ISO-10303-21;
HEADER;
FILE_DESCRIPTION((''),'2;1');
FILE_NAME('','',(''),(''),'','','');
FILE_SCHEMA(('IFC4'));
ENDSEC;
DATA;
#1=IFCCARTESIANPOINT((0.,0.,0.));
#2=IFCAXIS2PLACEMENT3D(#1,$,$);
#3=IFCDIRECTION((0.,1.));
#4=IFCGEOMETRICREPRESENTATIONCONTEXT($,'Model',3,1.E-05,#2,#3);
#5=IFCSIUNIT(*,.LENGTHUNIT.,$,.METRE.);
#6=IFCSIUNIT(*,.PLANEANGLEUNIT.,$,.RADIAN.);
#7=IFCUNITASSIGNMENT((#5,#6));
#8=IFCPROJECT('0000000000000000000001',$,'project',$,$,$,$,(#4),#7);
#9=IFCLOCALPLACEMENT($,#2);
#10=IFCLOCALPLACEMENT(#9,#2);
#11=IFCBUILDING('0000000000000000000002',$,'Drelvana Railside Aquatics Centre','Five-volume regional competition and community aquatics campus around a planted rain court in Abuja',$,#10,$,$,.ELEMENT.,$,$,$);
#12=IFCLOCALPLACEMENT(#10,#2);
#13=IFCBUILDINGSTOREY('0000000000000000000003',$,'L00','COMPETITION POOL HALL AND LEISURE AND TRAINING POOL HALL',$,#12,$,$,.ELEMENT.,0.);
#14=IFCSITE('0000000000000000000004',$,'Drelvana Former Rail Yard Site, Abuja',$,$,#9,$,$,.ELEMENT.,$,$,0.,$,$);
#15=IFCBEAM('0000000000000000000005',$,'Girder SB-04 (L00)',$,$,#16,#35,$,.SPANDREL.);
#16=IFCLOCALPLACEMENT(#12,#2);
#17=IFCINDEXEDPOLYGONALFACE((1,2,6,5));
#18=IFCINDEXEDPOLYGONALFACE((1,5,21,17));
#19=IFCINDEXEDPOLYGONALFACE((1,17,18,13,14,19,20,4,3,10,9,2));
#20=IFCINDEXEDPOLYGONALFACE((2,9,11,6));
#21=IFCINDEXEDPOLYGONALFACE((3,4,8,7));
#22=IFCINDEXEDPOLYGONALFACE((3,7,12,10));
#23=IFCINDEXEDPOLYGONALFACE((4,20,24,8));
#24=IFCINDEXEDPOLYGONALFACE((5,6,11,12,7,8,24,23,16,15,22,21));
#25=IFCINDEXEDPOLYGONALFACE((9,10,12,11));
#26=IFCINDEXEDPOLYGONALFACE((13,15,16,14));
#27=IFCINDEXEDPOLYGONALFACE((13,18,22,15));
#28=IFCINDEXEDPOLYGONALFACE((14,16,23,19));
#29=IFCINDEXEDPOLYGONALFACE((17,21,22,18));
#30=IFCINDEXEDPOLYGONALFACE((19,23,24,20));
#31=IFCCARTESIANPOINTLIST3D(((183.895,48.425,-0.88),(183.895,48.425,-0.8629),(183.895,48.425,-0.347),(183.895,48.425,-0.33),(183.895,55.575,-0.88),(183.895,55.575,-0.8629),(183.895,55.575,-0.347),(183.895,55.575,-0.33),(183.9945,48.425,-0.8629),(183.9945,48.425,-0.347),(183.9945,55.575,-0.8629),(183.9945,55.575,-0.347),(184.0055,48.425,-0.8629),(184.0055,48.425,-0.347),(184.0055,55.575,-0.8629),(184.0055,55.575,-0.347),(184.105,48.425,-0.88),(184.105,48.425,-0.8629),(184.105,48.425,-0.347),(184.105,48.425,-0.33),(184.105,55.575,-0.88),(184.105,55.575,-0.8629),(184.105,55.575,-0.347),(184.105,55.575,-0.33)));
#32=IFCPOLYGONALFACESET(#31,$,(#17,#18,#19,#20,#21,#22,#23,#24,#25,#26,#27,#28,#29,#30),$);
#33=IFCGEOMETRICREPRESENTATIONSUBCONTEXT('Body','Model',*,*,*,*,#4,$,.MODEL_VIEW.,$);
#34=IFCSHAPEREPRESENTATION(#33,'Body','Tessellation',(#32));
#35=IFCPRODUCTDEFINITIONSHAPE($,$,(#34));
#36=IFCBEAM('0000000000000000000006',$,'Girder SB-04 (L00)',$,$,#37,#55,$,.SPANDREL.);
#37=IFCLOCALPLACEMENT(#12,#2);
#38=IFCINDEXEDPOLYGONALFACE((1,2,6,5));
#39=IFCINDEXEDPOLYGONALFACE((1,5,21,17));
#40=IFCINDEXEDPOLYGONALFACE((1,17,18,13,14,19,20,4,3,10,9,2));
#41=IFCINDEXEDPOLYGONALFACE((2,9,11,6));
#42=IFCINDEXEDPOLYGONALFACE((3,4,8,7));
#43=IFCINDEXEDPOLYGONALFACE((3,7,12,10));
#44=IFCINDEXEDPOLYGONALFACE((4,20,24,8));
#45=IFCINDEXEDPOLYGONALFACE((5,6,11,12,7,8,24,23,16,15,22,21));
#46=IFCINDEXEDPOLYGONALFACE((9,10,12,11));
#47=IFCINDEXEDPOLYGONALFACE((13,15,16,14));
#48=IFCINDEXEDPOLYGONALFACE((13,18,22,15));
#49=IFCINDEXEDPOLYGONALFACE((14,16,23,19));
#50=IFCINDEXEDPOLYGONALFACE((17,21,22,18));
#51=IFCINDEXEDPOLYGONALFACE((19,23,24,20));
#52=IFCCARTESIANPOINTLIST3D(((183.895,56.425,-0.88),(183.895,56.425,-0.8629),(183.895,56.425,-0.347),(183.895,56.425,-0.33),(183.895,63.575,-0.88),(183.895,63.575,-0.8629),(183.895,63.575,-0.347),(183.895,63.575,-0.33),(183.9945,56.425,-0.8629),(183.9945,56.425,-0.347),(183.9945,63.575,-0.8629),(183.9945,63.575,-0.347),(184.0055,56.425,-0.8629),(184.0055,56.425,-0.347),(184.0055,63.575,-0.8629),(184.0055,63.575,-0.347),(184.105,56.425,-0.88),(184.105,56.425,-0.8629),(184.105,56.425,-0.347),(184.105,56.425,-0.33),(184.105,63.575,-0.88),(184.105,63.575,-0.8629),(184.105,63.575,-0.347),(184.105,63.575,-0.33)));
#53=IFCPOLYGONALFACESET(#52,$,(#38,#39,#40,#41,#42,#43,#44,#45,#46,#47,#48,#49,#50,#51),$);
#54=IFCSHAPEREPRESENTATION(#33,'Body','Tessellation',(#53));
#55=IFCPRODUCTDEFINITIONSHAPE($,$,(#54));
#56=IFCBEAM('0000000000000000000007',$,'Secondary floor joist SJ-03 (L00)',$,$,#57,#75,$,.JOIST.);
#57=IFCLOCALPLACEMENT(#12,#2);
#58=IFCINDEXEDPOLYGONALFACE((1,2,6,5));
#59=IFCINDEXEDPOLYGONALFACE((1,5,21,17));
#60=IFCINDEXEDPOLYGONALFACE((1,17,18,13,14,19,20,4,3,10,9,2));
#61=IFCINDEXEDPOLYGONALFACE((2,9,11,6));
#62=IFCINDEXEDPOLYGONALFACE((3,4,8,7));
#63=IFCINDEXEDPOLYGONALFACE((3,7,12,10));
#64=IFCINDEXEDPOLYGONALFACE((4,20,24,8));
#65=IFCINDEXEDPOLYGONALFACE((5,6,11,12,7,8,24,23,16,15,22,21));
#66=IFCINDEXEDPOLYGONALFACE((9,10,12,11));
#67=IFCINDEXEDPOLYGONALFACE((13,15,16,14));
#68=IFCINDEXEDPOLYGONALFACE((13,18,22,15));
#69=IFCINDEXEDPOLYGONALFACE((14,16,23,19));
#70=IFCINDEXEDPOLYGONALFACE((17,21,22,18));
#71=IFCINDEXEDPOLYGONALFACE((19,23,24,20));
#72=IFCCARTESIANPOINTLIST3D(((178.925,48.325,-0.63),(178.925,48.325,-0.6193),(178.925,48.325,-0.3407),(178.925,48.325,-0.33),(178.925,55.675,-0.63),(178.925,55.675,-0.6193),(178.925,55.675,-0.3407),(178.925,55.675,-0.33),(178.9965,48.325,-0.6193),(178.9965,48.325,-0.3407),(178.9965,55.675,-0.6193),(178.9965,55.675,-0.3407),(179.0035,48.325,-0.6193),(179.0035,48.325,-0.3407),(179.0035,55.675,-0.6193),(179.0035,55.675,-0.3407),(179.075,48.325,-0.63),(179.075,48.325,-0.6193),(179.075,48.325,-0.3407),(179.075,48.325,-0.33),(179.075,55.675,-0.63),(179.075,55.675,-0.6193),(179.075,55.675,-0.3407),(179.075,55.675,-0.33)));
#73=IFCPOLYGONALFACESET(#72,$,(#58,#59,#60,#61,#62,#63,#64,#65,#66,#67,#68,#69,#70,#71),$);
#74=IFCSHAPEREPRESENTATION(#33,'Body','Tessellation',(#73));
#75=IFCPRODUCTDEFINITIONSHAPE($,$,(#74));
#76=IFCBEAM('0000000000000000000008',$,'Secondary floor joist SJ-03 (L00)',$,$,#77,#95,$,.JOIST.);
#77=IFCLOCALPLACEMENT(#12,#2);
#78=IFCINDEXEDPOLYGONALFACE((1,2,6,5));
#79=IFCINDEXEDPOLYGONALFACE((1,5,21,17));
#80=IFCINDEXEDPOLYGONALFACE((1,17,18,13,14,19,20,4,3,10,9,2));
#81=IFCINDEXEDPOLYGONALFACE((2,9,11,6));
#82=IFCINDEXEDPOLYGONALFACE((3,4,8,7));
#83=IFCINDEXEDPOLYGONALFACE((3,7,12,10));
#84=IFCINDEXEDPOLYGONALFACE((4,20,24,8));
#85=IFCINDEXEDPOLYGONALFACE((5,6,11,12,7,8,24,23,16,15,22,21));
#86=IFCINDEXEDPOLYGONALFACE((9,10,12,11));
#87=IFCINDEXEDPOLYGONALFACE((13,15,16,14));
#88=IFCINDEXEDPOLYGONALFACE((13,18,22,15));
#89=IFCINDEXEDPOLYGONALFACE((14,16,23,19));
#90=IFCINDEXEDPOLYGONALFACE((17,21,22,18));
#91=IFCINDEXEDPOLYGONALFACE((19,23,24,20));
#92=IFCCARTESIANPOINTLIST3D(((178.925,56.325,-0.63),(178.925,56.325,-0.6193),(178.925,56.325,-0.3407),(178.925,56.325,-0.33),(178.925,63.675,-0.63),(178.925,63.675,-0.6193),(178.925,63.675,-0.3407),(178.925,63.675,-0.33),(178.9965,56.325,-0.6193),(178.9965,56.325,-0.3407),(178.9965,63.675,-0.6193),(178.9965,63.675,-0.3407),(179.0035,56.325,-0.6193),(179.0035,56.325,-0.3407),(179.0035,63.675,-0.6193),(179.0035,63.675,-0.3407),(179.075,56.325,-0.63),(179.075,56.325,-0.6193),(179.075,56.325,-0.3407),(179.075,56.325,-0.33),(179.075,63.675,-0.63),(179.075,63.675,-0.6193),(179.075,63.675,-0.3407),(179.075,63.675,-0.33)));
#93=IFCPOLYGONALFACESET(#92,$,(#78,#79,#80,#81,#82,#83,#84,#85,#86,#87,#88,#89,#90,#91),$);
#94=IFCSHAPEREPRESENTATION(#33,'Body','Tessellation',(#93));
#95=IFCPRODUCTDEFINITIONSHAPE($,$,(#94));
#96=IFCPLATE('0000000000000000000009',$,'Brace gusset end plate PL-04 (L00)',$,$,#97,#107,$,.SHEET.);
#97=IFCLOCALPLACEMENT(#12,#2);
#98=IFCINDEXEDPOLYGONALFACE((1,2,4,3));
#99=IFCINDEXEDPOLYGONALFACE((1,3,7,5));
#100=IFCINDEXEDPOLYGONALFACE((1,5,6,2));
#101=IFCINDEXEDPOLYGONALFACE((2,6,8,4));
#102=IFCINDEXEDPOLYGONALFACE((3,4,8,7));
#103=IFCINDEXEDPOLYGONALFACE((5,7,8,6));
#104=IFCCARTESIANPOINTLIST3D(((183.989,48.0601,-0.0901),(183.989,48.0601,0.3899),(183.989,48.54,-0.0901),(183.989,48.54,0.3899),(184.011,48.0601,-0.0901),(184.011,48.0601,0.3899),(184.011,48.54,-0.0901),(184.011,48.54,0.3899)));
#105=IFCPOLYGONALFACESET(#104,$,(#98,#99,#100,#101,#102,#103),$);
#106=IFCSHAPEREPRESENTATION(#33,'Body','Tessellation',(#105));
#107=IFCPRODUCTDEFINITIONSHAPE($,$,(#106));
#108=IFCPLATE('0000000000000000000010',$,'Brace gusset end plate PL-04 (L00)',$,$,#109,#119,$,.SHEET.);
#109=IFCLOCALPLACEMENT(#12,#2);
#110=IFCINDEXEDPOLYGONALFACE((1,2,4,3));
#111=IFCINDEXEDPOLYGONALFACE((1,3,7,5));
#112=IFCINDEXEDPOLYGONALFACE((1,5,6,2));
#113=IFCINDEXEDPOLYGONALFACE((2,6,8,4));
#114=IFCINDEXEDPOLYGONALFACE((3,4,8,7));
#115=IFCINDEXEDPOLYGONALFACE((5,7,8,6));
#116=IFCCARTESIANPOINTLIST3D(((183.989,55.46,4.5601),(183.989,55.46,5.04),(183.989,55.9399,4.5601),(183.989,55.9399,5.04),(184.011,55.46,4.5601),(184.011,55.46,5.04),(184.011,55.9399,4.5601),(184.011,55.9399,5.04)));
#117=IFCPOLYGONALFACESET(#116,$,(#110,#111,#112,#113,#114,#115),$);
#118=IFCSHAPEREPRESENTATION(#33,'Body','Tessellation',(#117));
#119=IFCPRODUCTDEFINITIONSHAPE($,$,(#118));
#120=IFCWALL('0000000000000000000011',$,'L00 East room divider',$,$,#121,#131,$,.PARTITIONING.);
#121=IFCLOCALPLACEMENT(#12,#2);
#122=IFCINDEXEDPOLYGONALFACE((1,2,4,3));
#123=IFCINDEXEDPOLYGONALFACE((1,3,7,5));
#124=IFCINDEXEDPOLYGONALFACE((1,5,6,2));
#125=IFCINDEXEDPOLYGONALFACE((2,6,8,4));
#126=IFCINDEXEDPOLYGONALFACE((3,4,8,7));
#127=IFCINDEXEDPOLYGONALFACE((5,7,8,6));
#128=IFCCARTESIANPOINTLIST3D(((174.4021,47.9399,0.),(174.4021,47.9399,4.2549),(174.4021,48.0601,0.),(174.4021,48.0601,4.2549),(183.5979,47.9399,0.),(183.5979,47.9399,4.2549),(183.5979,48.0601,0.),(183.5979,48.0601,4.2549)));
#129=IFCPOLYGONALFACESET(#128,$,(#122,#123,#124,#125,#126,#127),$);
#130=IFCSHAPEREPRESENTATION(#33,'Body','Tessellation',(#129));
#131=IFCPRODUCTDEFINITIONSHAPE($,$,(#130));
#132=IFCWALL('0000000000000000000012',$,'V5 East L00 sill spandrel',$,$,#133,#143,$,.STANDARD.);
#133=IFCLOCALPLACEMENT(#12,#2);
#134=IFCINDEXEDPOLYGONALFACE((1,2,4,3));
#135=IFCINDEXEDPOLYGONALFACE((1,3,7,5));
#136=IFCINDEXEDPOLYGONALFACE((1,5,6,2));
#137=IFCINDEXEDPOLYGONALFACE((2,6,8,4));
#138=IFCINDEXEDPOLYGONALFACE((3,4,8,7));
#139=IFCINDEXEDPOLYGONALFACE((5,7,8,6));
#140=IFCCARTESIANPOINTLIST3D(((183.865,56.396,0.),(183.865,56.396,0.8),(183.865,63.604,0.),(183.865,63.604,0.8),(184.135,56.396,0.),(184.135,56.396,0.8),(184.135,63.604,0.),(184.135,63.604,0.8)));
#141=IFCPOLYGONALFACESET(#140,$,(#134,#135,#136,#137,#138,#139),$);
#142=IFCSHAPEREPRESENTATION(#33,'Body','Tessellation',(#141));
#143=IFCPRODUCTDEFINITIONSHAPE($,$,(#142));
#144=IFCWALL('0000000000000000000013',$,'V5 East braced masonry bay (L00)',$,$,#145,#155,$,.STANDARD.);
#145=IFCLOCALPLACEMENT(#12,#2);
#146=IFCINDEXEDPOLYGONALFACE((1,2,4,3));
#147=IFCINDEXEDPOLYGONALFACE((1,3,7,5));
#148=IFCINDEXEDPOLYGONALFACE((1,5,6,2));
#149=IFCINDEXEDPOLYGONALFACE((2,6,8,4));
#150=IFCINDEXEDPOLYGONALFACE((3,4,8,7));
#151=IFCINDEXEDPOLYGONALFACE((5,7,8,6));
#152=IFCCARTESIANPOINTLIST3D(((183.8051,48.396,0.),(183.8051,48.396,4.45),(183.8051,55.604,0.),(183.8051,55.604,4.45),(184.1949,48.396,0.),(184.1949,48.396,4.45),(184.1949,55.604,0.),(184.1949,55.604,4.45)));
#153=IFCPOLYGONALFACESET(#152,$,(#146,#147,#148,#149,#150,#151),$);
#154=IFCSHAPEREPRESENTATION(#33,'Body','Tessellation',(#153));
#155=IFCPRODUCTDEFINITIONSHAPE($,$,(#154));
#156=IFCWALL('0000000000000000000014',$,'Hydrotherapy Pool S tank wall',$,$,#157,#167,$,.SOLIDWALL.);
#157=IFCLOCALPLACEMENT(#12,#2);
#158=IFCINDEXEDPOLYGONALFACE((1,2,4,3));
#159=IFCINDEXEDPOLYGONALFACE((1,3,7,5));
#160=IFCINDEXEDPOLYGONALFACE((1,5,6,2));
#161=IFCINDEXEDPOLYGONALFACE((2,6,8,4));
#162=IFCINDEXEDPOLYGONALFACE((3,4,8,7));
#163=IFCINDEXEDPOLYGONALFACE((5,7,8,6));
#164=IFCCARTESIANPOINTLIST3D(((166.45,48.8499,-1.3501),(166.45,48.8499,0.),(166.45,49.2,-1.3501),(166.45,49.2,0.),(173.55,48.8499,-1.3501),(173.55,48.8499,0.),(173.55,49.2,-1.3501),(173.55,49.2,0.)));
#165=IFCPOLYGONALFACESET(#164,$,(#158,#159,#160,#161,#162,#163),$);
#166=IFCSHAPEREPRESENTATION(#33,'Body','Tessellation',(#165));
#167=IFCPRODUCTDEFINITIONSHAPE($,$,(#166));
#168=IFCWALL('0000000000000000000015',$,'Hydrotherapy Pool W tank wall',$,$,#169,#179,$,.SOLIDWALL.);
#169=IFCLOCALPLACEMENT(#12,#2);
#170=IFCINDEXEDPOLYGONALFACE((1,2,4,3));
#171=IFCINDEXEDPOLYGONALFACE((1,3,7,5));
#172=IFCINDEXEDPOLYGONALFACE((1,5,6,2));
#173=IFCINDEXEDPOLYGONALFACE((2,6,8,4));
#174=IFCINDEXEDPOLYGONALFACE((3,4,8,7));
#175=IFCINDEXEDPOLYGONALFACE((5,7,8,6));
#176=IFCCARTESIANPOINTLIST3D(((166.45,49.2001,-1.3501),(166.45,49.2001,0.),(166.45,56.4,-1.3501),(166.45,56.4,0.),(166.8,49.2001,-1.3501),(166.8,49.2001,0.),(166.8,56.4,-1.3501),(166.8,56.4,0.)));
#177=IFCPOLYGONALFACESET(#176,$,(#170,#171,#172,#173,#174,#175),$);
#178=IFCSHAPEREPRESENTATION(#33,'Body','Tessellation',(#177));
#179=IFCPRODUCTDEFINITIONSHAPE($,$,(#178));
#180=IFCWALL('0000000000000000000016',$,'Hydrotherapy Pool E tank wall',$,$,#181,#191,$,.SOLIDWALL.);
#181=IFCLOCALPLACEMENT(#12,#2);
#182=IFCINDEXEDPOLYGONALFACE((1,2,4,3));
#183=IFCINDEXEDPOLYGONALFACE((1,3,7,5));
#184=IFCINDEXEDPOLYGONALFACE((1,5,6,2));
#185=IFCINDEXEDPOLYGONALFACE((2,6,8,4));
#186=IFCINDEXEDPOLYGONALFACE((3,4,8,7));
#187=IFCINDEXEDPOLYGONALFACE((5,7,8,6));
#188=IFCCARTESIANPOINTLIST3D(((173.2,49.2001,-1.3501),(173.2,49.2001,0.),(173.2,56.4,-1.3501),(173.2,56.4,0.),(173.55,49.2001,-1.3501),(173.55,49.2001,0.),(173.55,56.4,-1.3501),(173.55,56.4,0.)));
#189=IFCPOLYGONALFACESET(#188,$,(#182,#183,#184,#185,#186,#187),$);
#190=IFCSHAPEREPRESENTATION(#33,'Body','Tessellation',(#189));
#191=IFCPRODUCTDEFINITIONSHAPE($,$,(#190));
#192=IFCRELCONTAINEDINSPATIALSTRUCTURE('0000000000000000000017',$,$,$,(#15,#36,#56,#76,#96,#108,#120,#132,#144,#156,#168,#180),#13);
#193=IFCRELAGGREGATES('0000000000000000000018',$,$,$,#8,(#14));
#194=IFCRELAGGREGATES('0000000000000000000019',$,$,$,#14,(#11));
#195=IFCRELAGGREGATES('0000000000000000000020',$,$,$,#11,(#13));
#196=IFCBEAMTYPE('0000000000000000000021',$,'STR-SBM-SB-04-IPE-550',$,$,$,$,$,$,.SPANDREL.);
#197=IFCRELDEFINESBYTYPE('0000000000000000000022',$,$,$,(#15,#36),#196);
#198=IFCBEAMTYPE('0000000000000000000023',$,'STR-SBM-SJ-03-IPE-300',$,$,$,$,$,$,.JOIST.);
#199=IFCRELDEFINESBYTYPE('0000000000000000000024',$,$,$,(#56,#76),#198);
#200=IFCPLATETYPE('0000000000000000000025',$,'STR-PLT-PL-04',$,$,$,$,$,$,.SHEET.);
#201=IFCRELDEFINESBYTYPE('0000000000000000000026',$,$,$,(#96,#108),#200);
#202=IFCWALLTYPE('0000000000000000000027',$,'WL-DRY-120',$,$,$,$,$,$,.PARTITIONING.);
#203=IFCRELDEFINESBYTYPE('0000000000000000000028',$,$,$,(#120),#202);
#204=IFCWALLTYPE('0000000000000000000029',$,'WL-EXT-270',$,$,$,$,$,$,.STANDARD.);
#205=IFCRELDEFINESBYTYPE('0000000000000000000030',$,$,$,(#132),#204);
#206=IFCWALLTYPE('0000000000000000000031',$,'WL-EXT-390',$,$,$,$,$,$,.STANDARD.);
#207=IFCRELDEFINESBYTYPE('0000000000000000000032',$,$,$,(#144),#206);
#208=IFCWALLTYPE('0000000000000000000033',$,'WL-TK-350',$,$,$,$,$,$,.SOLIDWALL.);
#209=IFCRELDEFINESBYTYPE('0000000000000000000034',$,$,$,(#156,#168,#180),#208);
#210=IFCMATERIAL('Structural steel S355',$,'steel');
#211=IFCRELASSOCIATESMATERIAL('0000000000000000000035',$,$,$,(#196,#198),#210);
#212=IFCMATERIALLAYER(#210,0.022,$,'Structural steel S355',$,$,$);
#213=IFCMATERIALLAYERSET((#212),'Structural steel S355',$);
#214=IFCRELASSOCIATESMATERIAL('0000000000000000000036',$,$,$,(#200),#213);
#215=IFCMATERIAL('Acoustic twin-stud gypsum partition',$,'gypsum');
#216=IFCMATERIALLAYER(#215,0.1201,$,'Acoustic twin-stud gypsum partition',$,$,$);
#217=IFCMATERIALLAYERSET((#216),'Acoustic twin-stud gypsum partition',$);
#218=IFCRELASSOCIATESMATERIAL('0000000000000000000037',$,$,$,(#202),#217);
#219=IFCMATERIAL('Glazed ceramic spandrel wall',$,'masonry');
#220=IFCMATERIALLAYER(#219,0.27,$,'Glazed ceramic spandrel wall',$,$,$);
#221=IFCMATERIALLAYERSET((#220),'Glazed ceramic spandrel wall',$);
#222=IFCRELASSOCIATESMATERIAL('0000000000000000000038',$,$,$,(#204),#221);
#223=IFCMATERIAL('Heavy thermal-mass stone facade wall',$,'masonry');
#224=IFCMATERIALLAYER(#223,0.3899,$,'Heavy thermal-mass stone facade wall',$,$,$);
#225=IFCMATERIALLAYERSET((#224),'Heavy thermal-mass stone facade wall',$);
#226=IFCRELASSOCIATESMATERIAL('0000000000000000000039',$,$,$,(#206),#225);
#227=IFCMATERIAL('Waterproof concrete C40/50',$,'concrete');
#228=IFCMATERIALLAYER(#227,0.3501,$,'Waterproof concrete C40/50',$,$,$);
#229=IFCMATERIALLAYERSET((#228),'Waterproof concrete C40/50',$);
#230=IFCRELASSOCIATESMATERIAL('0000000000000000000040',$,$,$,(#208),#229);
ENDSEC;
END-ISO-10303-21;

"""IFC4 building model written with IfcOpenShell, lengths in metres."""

from ifc_helpers import new_model, si_unit, direction, frame, frame_2d, origin, origin_2d, place, context, subcontext, project, spatial, rectangle, i_section, extrude, material, layer, layer_set, material_profile, profile_set, type_object, element, save


model = new_model("IFC4")

# Units and contexts
model_context = context("Model", 3, precision=1e-05, world=origin(), true_north=direction((0.0, 1.0)))
body_context = subcontext(model_context, "Body", "Model", "MODEL_VIEW")
ifc_project = project(units=[si_unit("LENGTHUNIT", "METRE"), si_unit("PLANEANGLEUNIT", "RADIAN")], contexts=[model_context])

# Site, building, storey
site_placement = place(None, origin())
site = spatial("IfcSite", under=ifc_project, at=site_placement, Name="Drelvana Former Rail Yard Site, Abuja", CompositionType="ELEMENT", RefElevation=0.0)
building_placement = place(site_placement, origin())
building = spatial("IfcBuilding", under=site, at=building_placement, Name="Drelvana Railside Aquatics Centre", Description="Five-volume regional competition and community aquatics campus around a planted rain court in Abuja", CompositionType="ELEMENT")
storey_placement = place(building_placement, origin())
storey = spatial("IfcBuildingStorey", under=building, at=storey_placement, Name="L00", Description="COMPETITION POOL HALL AND LEISURE AND TRAINING POOL HALL", CompositionType="ELEMENT", Elevation=0.0)

# Shared definitions
ifc_material_1 = material(Name="Structural steel S355", Category="steel")

# Beams
ifc_material_profile_1 = material_profile(ifc_material_1, i_section(OverallWidth=0.21, OverallDepth=0.55, WebThickness=0.011, FlangeThickness=0.0171, at=origin_2d()), Name="IPE 550")
ifc_profile_set_1 = profile_set([ifc_material_profile_1], Name="Structural steel S355")
beam_type_1 = type_object("IfcBeamType", Name="STR-SBM-SB-04-IPE-550", PredefinedType="SPANDREL", material=ifc_profile_set_1)
for number, where, z_axis, x_axis, name in (
    (1, (184.0, 48.425, -0.605), (0.0, 1.0, 0.0), (-1.0, 0.0, 0.0), "Girder SB-04 (L00)"),
    (2, (184.0, 56.425, -0.605), (0.0, 1.0, 0.0), (-1.0, 0.0, 0.0), "Girder SB-04 (L00)"),
):
    element("IfcBeam", number, at=place(storey_placement, frame(where, z_axis=z_axis, x_axis=x_axis)), inside=storey, type_object=beam_type_1, Name=name, PredefinedType="SPANDREL", context=body_context, shape_type="SweptSolid", body=[
        extrude(i_section(OverallWidth=0.21, OverallDepth=0.55, WebThickness=0.011, FlangeThickness=0.0171, at=origin_2d()), origin(), (0.0, 0.0, 1.0), 7.1499),
    ])
ifc_material_profile_2 = material_profile(ifc_material_1, i_section(OverallWidth=0.1499, OverallDepth=0.3, WebThickness=0.0071, FlangeThickness=0.0107, at=origin_2d()), Name="IPE 300")
ifc_profile_set_2 = profile_set([ifc_material_profile_2], Name="Structural steel S355")
beam_type_2 = type_object("IfcBeamType", Name="STR-SBM-SJ-03-IPE-300", PredefinedType="JOIST", material=ifc_profile_set_2)
for number, where, z_axis, x_axis, name in (
    (3, (179.0, 48.325, -0.48), (0.0, 1.0, 0.0), (-1.0, 0.0, 0.0), "Secondary floor joist SJ-03 (L00)"),
    (4, (179.0, 56.325, -0.48), (0.0, 1.0, 0.0), (-1.0, 0.0, 0.0), "Secondary floor joist SJ-03 (L00)"),
):
    element("IfcBeam", number, at=place(storey_placement, frame(where, z_axis=z_axis, x_axis=x_axis)), inside=storey, type_object=beam_type_2, Name=name, PredefinedType="JOIST", context=body_context, shape_type="SweptSolid", body=[
        extrude(i_section(OverallWidth=0.1499, OverallDepth=0.3, WebThickness=0.0071, FlangeThickness=0.0107, at=origin_2d()), origin(), (0.0, 0.0, 1.0), 7.3501),
    ])

# Plates
ifc_layer_1 = layer(ifc_material_1, 0.022, Name="Structural steel S355")
ifc_layer_set_1 = layer_set([ifc_layer_1], Name="Structural steel S355")
plate_type = type_object("IfcPlateType", Name="STR-PLT-PL-04", PredefinedType="SHEET", material=ifc_layer_set_1)
for number, where, z_axis, x_axis, name in (
    (5, (184.0, 48.3, -0.0901), (0.0, 0.0, 1.0), (1.0, 0.0, 0.0), "Brace gusset end plate PL-04 (L00)"),
    (6, (184.0, 55.7, 4.5601), (0.0, 0.0, 1.0), (1.0, 0.0, 0.0), "Brace gusset end plate PL-04 (L00)"),
):
    element("IfcPlate", number, at=place(storey_placement, frame(where, z_axis=z_axis, x_axis=x_axis)), inside=storey, type_object=plate_type, Name=name, PredefinedType="SHEET", context=body_context, shape_type="SweptSolid", body=[
        extrude(rectangle(XDim=0.022, YDim=0.48, at=origin_2d()), origin(), (0.0, 0.0, 1.0), 0.48),
    ])

# Walls
ifc_material_2 = material(Name="Acoustic twin-stud gypsum partition", Category="gypsum")
ifc_layer_2 = layer(ifc_material_2, 0.1201, Name="Acoustic twin-stud gypsum partition")
ifc_layer_set_2 = layer_set([ifc_layer_2], Name="Acoustic twin-stud gypsum partition")
wall_type_1 = type_object("IfcWallType", Name="WL-DRY-120", PredefinedType="PARTITIONING", material=ifc_layer_set_2)
wall_1_placement = place(storey_placement, frame((174.4021, 48.0, 0.0), z_axis=(0.0, 0.0, 1.0), x_axis=(1.0, 0.0, 0.0)))
element("IfcWall", 7, at=wall_1_placement, inside=storey, type_object=wall_type_1, Name="L00 East room divider", PredefinedType="PARTITIONING", context=body_context, shape_type="SweptSolid", body=[
    extrude(rectangle(XDim=9.1958, YDim=0.1201, at=frame_2d((4.5979, 0.0))), origin(), (0.0, 0.0, 1.0), 4.2549),
])
ifc_material_3 = material(Name="Glazed ceramic spandrel wall", Category="masonry")
ifc_layer_3 = layer(ifc_material_3, 0.27, Name="Glazed ceramic spandrel wall")
ifc_layer_set_3 = layer_set([ifc_layer_3], Name="Glazed ceramic spandrel wall")
wall_type_2 = type_object("IfcWallType", Name="WL-EXT-270", PredefinedType="STANDARD", material=ifc_layer_set_3)
wall_2_placement = place(storey_placement, frame((184.0, 56.396, 0.0), z_axis=(0.0, 0.0, 1.0), x_axis=(0.0, 1.0, 0.0)))
element("IfcWall", 8, at=wall_2_placement, inside=storey, type_object=wall_type_2, Name="V5 East L00 sill spandrel", PredefinedType="STANDARD", context=body_context, shape_type="SweptSolid", body=[
    extrude(rectangle(XDim=7.208, YDim=0.27, at=frame_2d((3.604, 0.0))), origin(), (0.0, 0.0, 1.0), 0.8),
])
ifc_material_4 = material(Name="Heavy thermal-mass stone facade wall", Category="masonry")
ifc_layer_4 = layer(ifc_material_4, 0.3899, Name="Heavy thermal-mass stone facade wall")
ifc_layer_set_4 = layer_set([ifc_layer_4], Name="Heavy thermal-mass stone facade wall")
wall_type_3 = type_object("IfcWallType", Name="WL-EXT-390", PredefinedType="STANDARD", material=ifc_layer_set_4)
wall_3_placement = place(storey_placement, frame((184.0, 48.396, 0.0), z_axis=(0.0, 0.0, 1.0), x_axis=(0.0, 1.0, 0.0)))
element("IfcWall", 9, at=wall_3_placement, inside=storey, type_object=wall_type_3, Name="V5 East braced masonry bay (L00)", PredefinedType="STANDARD", context=body_context, shape_type="SweptSolid", body=[
    extrude(rectangle(XDim=7.208, YDim=0.3899, at=frame_2d((3.604, 0.0))), origin(), (0.0, 0.0, 1.0), 4.45),
])
ifc_material_5 = material(Name="Waterproof concrete C40/50", Category="concrete")
ifc_layer_5 = layer(ifc_material_5, 0.3501, Name="Waterproof concrete C40/50")
ifc_layer_set_5 = layer_set([ifc_layer_5], Name="Waterproof concrete C40/50")
wall_type_4 = type_object("IfcWallType", Name="WL-TK-350", PredefinedType="SOLIDWALL", material=ifc_layer_set_5)
wall_4_placement = place(storey_placement, frame((166.45, 49.0249, -1.3501), z_axis=(0.0, 0.0, 1.0), x_axis=(1.0, 0.0, 0.0)))
element("IfcWall", 10, at=wall_4_placement, inside=storey, type_object=wall_type_4, Name="Hydrotherapy Pool S tank wall", PredefinedType="SOLIDWALL", context=body_context, shape_type="SweptSolid", body=[
    extrude(rectangle(XDim=7.1001, YDim=0.3501, at=frame_2d((3.55, 0.0))), origin(), (0.0, 0.0, 1.0), 1.3501),
])
for number, where, z_axis, x_axis, name in (
    (11, (166.625, 49.2, -1.3501), (0.0, 0.0, 1.0), (0.0, 1.0, 0.0), "Hydrotherapy Pool W tank wall"),
    (12, (173.375, 49.2, -1.3501), (0.0, 0.0, 1.0), (0.0, 1.0, 0.0), "Hydrotherapy Pool E tank wall"),
):
    element("IfcWall", number, at=place(storey_placement, frame(where, z_axis=z_axis, x_axis=x_axis)), inside=storey, type_object=wall_type_4, Name=name, PredefinedType="SOLIDWALL", context=body_context, shape_type="SweptSolid", body=[
        extrude(rectangle(XDim=7.2, YDim=0.3501, at=frame_2d((3.6001, 0.0))), origin(), (0.0, 0.0, 1.0), 1.3501),
    ])

save(model, "model.ifc")
